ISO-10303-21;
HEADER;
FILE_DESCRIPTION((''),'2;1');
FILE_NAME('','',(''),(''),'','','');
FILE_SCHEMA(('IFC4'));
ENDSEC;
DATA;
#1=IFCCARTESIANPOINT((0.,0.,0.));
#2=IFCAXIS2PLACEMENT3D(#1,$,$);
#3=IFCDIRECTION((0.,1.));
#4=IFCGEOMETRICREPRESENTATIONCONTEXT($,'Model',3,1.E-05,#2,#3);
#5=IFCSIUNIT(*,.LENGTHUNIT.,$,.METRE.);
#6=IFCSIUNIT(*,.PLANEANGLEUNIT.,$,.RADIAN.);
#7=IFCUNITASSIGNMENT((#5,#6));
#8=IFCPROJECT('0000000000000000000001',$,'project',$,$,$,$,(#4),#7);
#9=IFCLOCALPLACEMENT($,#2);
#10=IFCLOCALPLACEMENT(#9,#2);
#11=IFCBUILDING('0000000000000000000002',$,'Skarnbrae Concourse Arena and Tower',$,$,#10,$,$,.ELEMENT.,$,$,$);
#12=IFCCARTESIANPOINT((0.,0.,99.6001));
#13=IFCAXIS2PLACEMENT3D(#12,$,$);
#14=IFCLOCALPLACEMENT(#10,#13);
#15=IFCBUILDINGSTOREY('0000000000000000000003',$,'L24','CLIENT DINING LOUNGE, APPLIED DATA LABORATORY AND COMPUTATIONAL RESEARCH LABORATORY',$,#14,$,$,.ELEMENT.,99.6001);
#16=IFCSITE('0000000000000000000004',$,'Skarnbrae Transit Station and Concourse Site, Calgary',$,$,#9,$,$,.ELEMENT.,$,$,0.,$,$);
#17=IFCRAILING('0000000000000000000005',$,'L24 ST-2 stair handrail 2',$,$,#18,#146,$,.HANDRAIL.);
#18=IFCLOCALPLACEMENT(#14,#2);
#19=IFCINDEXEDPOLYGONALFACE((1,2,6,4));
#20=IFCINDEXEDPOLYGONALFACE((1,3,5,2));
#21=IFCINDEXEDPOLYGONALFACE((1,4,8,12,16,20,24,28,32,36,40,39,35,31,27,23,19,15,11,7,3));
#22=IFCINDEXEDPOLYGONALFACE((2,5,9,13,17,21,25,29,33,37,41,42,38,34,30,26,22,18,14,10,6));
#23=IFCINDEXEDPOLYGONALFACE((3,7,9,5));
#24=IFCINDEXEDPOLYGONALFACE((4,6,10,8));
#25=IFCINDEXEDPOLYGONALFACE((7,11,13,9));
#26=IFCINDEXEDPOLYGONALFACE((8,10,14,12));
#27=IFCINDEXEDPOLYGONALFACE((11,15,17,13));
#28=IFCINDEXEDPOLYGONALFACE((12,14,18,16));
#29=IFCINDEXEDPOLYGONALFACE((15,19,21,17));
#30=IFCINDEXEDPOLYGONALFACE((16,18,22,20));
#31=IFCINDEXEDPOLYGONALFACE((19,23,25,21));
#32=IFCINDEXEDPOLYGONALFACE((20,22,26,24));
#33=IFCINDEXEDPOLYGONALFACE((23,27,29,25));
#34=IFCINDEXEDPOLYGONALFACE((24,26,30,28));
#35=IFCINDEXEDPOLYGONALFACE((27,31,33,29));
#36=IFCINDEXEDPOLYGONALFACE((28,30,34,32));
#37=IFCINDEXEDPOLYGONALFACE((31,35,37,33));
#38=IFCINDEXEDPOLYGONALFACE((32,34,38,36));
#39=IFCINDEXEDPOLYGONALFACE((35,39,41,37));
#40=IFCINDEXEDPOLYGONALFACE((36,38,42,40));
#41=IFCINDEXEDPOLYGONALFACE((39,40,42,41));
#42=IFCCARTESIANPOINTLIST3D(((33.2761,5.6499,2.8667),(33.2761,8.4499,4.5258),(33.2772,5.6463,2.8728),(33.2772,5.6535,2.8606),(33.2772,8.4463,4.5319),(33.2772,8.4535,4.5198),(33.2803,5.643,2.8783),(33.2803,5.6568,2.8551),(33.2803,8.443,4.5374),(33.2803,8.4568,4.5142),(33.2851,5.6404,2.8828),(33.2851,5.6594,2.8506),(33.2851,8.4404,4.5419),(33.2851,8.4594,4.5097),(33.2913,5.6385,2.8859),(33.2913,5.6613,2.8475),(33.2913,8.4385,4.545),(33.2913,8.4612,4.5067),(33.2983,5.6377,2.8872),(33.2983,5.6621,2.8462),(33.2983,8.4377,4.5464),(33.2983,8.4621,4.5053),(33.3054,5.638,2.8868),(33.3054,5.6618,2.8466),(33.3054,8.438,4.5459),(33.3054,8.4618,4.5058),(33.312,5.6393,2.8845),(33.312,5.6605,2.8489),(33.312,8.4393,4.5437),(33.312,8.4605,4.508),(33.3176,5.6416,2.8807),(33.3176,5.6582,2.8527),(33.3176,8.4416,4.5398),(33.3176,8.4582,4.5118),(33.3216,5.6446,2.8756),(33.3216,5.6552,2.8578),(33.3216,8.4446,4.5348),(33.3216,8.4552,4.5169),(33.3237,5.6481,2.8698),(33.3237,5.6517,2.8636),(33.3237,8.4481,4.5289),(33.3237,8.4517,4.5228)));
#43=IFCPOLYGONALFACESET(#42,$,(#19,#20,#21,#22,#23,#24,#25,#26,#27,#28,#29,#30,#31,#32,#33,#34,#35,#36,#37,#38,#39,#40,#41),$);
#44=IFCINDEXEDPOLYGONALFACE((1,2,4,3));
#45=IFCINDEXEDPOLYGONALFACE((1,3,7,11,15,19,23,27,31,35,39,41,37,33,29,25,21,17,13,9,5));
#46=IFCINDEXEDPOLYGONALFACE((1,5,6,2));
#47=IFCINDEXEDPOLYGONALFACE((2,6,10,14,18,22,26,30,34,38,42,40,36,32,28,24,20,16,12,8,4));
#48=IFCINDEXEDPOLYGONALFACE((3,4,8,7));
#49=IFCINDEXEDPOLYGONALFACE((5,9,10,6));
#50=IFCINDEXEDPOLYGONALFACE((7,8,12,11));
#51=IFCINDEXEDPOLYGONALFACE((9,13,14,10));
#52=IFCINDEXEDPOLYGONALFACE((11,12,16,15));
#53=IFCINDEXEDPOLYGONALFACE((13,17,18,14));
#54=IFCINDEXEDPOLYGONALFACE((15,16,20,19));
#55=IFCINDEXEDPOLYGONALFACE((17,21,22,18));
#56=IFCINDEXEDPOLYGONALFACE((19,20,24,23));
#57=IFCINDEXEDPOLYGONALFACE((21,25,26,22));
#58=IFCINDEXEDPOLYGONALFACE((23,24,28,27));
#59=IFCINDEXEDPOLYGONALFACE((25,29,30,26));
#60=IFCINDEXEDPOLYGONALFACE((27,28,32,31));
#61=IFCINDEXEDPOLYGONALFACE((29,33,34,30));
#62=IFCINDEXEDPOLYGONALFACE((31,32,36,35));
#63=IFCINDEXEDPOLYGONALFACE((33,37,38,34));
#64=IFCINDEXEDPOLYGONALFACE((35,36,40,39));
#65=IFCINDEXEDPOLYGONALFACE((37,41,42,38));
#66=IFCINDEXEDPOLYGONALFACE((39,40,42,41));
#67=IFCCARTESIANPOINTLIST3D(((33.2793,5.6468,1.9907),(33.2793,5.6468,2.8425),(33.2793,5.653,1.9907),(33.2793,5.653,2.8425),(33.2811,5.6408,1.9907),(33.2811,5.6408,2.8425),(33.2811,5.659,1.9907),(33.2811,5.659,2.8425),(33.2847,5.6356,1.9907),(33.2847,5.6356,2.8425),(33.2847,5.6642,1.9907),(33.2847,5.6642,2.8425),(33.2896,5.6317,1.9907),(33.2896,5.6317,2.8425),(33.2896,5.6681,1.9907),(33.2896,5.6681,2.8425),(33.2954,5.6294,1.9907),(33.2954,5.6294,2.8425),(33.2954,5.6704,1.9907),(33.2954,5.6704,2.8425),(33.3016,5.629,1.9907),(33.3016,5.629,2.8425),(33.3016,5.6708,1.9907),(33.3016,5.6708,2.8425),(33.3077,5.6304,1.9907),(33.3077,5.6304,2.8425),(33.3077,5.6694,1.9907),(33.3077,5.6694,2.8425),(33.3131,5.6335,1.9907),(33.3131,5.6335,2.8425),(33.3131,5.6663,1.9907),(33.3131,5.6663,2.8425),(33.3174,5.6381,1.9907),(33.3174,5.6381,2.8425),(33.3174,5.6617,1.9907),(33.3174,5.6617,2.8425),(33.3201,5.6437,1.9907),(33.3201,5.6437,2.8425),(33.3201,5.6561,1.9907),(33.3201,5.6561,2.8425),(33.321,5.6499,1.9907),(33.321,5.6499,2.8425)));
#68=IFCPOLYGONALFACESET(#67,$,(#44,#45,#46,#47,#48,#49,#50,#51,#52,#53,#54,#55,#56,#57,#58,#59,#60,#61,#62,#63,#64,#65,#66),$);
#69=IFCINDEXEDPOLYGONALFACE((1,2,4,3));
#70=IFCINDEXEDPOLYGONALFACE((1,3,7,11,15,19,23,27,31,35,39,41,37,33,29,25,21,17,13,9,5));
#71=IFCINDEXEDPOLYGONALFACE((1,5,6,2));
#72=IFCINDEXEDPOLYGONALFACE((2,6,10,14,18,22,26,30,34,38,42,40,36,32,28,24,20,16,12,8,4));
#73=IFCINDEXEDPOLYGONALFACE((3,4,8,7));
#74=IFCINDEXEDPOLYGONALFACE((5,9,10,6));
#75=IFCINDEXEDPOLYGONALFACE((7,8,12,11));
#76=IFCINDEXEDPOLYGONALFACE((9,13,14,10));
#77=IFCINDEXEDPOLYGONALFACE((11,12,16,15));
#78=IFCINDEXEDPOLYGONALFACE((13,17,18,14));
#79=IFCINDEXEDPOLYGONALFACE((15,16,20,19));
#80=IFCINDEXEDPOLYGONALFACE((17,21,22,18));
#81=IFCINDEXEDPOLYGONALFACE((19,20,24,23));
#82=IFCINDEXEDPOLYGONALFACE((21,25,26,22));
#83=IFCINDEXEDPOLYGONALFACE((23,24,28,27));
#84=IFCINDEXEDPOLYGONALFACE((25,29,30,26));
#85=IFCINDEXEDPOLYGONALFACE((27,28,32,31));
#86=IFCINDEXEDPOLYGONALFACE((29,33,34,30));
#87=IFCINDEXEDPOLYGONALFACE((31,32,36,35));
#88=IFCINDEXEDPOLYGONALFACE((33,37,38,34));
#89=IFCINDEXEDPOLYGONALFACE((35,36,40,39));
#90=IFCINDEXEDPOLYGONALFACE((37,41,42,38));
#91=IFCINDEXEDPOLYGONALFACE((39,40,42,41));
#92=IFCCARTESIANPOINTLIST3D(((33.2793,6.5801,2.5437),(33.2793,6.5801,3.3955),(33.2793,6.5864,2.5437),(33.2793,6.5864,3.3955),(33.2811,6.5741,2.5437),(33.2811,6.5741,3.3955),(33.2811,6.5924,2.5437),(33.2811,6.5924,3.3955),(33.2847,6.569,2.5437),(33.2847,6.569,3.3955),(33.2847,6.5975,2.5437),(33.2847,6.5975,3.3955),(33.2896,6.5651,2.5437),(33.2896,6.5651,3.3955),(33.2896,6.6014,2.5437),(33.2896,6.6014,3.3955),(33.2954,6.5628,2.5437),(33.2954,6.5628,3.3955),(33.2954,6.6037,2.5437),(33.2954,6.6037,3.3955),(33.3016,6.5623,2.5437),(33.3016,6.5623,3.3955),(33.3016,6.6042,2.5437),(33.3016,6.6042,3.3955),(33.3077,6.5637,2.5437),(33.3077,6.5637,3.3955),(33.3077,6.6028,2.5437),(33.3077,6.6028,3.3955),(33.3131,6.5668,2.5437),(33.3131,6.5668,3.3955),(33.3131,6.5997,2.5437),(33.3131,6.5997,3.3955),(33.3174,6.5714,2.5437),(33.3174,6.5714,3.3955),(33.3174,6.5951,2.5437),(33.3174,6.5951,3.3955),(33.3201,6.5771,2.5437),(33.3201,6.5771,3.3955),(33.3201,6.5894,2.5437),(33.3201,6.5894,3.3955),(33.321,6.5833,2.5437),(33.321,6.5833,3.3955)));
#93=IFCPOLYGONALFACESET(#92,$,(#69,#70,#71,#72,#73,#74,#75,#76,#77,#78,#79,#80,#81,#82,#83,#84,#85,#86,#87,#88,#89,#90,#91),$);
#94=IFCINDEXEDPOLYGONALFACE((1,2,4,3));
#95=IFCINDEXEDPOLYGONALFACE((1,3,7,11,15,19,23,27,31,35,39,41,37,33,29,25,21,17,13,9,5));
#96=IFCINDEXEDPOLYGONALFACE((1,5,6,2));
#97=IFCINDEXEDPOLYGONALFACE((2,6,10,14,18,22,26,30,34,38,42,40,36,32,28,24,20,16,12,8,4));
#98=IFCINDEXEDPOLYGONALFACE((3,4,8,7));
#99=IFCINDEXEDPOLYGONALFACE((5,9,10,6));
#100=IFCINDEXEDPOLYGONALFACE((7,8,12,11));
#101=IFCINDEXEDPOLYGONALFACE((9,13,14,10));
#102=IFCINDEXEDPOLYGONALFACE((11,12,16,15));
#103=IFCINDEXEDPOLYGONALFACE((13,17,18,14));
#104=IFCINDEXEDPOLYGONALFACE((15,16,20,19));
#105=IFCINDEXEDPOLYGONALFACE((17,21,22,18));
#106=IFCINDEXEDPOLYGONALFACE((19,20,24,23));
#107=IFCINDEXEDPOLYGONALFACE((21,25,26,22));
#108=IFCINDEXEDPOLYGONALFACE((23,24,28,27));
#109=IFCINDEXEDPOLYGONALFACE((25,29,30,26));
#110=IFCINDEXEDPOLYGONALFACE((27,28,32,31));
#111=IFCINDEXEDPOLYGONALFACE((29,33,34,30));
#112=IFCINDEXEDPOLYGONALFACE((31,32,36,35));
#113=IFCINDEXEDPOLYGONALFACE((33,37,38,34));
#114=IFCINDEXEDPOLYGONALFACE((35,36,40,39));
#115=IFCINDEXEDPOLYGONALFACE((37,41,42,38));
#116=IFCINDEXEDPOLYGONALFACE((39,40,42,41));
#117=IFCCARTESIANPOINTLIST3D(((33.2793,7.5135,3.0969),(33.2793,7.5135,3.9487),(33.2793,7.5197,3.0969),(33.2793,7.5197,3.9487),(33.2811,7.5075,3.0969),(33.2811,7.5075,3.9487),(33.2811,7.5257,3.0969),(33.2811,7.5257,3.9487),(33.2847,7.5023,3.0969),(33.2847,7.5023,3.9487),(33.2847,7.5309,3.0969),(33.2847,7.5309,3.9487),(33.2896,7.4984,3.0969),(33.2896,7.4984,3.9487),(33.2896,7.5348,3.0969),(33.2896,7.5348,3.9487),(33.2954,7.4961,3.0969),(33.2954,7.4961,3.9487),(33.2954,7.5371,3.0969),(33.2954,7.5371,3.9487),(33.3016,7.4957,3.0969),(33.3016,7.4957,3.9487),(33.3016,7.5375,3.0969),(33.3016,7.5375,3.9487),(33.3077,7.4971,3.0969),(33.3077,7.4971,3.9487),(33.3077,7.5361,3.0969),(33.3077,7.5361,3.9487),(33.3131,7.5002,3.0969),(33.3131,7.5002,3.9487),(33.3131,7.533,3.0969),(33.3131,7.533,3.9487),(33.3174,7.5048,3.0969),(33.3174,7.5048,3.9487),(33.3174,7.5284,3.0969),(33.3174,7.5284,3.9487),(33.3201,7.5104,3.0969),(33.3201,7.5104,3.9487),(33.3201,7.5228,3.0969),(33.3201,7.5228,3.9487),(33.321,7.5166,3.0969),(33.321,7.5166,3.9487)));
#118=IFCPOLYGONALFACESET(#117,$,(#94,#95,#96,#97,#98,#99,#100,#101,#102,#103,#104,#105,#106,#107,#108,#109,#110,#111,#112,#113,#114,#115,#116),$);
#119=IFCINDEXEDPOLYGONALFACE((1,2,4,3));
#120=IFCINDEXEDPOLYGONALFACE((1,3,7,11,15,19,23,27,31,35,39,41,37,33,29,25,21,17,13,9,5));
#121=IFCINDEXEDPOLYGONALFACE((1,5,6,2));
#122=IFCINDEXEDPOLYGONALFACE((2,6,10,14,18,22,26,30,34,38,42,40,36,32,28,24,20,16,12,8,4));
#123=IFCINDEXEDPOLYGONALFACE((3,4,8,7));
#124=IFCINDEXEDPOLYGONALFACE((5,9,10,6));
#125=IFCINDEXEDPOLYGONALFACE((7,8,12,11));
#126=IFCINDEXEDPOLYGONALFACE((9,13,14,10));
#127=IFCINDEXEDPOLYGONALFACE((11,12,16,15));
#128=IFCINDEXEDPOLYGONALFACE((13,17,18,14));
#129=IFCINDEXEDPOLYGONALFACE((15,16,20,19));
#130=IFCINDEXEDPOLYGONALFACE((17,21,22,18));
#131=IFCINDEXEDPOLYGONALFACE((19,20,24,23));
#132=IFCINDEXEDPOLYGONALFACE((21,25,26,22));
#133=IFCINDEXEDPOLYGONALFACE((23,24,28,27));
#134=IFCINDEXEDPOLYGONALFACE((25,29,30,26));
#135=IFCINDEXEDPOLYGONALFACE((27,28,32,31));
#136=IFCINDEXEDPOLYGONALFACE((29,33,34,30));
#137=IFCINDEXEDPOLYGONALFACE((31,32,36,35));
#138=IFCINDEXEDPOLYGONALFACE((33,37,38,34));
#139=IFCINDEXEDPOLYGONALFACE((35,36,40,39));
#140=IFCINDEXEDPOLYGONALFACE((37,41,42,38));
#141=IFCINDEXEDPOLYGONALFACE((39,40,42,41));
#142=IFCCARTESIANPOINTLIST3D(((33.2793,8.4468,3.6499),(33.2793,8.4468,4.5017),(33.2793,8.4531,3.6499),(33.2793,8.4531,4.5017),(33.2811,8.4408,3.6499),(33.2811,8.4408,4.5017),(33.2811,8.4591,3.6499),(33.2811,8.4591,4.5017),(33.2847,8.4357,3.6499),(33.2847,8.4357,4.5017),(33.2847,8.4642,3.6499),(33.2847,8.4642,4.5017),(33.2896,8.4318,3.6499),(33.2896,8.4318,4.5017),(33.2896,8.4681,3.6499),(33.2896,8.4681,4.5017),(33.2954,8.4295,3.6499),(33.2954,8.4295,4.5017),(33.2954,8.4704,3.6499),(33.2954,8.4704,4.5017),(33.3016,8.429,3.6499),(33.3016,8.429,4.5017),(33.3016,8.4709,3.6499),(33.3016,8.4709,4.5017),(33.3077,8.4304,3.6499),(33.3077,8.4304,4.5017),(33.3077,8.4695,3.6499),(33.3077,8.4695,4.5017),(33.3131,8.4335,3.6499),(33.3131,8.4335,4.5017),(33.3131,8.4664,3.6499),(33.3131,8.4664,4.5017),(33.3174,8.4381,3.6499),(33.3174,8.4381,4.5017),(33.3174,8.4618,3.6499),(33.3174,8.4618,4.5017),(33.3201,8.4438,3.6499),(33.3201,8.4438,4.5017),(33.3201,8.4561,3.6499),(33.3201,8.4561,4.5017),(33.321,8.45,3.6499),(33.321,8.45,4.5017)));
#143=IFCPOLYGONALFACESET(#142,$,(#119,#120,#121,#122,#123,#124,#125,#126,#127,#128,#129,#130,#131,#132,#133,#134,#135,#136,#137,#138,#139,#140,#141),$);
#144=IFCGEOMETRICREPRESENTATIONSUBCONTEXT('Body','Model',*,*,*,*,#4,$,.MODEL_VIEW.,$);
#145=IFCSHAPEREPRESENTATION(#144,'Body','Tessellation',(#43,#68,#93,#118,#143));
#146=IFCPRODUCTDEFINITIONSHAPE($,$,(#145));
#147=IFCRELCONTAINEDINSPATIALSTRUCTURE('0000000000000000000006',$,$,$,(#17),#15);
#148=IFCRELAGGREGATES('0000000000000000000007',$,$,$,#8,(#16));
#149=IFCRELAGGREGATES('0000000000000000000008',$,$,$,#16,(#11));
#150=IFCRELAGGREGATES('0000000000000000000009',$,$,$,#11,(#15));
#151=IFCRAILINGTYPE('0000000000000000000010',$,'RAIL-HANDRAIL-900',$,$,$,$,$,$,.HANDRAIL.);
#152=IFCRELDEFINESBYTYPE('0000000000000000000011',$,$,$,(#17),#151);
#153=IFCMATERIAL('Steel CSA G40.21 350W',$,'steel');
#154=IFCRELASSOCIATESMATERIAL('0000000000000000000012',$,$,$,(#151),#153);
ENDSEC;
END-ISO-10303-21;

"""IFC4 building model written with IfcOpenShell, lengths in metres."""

from ifc_helpers import new_model, si_unit, direction, frame, origin, origin_2d, place, context, subcontext, project, spatial, circle, extrude, material, type_object, element, save


model = new_model("IFC4")

# Units and contexts
model_context = context("Model", 3, precision=1e-05, world=origin(), true_north=direction((0.0, 1.0)))
body_context = subcontext(model_context, "Body", "Model", "MODEL_VIEW")
ifc_project = project(units=[si_unit("LENGTHUNIT", "METRE"), si_unit("PLANEANGLEUNIT", "RADIAN")], contexts=[model_context])

# Site, building, storey
site_placement = place(None, origin())
site = spatial("IfcSite", under=ifc_project, at=site_placement, Name="Skarnbrae Transit Station and Concourse Site, Calgary", CompositionType="ELEMENT", RefElevation=0.0)
building_placement = place(site_placement, origin())
building = spatial("IfcBuilding", under=site, at=building_placement, Name="Skarnbrae Concourse Arena and Tower", CompositionType="ELEMENT")
storey_placement = place(building_placement, frame((0.0, 0.0, 99.6001)))
storey = spatial("IfcBuildingStorey", under=building, at=storey_placement, Name="L24", Description="CLIENT DINING LOUNGE, APPLIED DATA LABORATORY AND COMPUTATIONAL RESEARCH LABORATORY", CompositionType="ELEMENT", Elevation=99.6001)

# Shared definitions
ifc_material_1 = material(Name="Steel CSA G40.21 350W", Category="steel")

# Railing
railing_type_1 = type_object("IfcRailingType", Name="RAIL-HANDRAIL-900", PredefinedType="HANDRAIL", material=ifc_material_1)
railing_1_placement = place(storey_placement, frame((33.3, 5.6499, 1.9907)))
element("IfcRailing", 1, at=railing_1_placement, inside=storey, type_object=railing_type_1, Name="L24 ST-2 stair handrail 2", PredefinedType="HANDRAIL", context=body_context, shape_type="SweptSolid", body=[
    extrude(circle(Radius=0.0239, at=origin_2d()), frame((0.0, 0.0, 0.876), z_axis=(0.0, 0.860306, 0.509778), x_axis=(-1.0, 0.0, 0.0)), (0.0, 0.0, 1.0), 3.2546),
    extrude(circle(Radius=0.021, at=origin_2d()), origin(), (0.0, 0.0, 1.0), 0.8518),
    extrude(circle(Radius=0.021, at=origin_2d()), frame((0.0, 0.9333, 0.553)), (0.0, 0.0, 1.0), 0.8518),
    extrude(circle(Radius=0.021, at=origin_2d()), frame((0.0, 1.8667, 1.1062)), (0.0, 0.0, 1.0), 0.8518),
    extrude(circle(Radius=0.021, at=origin_2d()), frame((0.0, 2.8, 1.6592)), (0.0, 0.0, 1.0), 0.8518),
])

save(model, "model.ifc")
